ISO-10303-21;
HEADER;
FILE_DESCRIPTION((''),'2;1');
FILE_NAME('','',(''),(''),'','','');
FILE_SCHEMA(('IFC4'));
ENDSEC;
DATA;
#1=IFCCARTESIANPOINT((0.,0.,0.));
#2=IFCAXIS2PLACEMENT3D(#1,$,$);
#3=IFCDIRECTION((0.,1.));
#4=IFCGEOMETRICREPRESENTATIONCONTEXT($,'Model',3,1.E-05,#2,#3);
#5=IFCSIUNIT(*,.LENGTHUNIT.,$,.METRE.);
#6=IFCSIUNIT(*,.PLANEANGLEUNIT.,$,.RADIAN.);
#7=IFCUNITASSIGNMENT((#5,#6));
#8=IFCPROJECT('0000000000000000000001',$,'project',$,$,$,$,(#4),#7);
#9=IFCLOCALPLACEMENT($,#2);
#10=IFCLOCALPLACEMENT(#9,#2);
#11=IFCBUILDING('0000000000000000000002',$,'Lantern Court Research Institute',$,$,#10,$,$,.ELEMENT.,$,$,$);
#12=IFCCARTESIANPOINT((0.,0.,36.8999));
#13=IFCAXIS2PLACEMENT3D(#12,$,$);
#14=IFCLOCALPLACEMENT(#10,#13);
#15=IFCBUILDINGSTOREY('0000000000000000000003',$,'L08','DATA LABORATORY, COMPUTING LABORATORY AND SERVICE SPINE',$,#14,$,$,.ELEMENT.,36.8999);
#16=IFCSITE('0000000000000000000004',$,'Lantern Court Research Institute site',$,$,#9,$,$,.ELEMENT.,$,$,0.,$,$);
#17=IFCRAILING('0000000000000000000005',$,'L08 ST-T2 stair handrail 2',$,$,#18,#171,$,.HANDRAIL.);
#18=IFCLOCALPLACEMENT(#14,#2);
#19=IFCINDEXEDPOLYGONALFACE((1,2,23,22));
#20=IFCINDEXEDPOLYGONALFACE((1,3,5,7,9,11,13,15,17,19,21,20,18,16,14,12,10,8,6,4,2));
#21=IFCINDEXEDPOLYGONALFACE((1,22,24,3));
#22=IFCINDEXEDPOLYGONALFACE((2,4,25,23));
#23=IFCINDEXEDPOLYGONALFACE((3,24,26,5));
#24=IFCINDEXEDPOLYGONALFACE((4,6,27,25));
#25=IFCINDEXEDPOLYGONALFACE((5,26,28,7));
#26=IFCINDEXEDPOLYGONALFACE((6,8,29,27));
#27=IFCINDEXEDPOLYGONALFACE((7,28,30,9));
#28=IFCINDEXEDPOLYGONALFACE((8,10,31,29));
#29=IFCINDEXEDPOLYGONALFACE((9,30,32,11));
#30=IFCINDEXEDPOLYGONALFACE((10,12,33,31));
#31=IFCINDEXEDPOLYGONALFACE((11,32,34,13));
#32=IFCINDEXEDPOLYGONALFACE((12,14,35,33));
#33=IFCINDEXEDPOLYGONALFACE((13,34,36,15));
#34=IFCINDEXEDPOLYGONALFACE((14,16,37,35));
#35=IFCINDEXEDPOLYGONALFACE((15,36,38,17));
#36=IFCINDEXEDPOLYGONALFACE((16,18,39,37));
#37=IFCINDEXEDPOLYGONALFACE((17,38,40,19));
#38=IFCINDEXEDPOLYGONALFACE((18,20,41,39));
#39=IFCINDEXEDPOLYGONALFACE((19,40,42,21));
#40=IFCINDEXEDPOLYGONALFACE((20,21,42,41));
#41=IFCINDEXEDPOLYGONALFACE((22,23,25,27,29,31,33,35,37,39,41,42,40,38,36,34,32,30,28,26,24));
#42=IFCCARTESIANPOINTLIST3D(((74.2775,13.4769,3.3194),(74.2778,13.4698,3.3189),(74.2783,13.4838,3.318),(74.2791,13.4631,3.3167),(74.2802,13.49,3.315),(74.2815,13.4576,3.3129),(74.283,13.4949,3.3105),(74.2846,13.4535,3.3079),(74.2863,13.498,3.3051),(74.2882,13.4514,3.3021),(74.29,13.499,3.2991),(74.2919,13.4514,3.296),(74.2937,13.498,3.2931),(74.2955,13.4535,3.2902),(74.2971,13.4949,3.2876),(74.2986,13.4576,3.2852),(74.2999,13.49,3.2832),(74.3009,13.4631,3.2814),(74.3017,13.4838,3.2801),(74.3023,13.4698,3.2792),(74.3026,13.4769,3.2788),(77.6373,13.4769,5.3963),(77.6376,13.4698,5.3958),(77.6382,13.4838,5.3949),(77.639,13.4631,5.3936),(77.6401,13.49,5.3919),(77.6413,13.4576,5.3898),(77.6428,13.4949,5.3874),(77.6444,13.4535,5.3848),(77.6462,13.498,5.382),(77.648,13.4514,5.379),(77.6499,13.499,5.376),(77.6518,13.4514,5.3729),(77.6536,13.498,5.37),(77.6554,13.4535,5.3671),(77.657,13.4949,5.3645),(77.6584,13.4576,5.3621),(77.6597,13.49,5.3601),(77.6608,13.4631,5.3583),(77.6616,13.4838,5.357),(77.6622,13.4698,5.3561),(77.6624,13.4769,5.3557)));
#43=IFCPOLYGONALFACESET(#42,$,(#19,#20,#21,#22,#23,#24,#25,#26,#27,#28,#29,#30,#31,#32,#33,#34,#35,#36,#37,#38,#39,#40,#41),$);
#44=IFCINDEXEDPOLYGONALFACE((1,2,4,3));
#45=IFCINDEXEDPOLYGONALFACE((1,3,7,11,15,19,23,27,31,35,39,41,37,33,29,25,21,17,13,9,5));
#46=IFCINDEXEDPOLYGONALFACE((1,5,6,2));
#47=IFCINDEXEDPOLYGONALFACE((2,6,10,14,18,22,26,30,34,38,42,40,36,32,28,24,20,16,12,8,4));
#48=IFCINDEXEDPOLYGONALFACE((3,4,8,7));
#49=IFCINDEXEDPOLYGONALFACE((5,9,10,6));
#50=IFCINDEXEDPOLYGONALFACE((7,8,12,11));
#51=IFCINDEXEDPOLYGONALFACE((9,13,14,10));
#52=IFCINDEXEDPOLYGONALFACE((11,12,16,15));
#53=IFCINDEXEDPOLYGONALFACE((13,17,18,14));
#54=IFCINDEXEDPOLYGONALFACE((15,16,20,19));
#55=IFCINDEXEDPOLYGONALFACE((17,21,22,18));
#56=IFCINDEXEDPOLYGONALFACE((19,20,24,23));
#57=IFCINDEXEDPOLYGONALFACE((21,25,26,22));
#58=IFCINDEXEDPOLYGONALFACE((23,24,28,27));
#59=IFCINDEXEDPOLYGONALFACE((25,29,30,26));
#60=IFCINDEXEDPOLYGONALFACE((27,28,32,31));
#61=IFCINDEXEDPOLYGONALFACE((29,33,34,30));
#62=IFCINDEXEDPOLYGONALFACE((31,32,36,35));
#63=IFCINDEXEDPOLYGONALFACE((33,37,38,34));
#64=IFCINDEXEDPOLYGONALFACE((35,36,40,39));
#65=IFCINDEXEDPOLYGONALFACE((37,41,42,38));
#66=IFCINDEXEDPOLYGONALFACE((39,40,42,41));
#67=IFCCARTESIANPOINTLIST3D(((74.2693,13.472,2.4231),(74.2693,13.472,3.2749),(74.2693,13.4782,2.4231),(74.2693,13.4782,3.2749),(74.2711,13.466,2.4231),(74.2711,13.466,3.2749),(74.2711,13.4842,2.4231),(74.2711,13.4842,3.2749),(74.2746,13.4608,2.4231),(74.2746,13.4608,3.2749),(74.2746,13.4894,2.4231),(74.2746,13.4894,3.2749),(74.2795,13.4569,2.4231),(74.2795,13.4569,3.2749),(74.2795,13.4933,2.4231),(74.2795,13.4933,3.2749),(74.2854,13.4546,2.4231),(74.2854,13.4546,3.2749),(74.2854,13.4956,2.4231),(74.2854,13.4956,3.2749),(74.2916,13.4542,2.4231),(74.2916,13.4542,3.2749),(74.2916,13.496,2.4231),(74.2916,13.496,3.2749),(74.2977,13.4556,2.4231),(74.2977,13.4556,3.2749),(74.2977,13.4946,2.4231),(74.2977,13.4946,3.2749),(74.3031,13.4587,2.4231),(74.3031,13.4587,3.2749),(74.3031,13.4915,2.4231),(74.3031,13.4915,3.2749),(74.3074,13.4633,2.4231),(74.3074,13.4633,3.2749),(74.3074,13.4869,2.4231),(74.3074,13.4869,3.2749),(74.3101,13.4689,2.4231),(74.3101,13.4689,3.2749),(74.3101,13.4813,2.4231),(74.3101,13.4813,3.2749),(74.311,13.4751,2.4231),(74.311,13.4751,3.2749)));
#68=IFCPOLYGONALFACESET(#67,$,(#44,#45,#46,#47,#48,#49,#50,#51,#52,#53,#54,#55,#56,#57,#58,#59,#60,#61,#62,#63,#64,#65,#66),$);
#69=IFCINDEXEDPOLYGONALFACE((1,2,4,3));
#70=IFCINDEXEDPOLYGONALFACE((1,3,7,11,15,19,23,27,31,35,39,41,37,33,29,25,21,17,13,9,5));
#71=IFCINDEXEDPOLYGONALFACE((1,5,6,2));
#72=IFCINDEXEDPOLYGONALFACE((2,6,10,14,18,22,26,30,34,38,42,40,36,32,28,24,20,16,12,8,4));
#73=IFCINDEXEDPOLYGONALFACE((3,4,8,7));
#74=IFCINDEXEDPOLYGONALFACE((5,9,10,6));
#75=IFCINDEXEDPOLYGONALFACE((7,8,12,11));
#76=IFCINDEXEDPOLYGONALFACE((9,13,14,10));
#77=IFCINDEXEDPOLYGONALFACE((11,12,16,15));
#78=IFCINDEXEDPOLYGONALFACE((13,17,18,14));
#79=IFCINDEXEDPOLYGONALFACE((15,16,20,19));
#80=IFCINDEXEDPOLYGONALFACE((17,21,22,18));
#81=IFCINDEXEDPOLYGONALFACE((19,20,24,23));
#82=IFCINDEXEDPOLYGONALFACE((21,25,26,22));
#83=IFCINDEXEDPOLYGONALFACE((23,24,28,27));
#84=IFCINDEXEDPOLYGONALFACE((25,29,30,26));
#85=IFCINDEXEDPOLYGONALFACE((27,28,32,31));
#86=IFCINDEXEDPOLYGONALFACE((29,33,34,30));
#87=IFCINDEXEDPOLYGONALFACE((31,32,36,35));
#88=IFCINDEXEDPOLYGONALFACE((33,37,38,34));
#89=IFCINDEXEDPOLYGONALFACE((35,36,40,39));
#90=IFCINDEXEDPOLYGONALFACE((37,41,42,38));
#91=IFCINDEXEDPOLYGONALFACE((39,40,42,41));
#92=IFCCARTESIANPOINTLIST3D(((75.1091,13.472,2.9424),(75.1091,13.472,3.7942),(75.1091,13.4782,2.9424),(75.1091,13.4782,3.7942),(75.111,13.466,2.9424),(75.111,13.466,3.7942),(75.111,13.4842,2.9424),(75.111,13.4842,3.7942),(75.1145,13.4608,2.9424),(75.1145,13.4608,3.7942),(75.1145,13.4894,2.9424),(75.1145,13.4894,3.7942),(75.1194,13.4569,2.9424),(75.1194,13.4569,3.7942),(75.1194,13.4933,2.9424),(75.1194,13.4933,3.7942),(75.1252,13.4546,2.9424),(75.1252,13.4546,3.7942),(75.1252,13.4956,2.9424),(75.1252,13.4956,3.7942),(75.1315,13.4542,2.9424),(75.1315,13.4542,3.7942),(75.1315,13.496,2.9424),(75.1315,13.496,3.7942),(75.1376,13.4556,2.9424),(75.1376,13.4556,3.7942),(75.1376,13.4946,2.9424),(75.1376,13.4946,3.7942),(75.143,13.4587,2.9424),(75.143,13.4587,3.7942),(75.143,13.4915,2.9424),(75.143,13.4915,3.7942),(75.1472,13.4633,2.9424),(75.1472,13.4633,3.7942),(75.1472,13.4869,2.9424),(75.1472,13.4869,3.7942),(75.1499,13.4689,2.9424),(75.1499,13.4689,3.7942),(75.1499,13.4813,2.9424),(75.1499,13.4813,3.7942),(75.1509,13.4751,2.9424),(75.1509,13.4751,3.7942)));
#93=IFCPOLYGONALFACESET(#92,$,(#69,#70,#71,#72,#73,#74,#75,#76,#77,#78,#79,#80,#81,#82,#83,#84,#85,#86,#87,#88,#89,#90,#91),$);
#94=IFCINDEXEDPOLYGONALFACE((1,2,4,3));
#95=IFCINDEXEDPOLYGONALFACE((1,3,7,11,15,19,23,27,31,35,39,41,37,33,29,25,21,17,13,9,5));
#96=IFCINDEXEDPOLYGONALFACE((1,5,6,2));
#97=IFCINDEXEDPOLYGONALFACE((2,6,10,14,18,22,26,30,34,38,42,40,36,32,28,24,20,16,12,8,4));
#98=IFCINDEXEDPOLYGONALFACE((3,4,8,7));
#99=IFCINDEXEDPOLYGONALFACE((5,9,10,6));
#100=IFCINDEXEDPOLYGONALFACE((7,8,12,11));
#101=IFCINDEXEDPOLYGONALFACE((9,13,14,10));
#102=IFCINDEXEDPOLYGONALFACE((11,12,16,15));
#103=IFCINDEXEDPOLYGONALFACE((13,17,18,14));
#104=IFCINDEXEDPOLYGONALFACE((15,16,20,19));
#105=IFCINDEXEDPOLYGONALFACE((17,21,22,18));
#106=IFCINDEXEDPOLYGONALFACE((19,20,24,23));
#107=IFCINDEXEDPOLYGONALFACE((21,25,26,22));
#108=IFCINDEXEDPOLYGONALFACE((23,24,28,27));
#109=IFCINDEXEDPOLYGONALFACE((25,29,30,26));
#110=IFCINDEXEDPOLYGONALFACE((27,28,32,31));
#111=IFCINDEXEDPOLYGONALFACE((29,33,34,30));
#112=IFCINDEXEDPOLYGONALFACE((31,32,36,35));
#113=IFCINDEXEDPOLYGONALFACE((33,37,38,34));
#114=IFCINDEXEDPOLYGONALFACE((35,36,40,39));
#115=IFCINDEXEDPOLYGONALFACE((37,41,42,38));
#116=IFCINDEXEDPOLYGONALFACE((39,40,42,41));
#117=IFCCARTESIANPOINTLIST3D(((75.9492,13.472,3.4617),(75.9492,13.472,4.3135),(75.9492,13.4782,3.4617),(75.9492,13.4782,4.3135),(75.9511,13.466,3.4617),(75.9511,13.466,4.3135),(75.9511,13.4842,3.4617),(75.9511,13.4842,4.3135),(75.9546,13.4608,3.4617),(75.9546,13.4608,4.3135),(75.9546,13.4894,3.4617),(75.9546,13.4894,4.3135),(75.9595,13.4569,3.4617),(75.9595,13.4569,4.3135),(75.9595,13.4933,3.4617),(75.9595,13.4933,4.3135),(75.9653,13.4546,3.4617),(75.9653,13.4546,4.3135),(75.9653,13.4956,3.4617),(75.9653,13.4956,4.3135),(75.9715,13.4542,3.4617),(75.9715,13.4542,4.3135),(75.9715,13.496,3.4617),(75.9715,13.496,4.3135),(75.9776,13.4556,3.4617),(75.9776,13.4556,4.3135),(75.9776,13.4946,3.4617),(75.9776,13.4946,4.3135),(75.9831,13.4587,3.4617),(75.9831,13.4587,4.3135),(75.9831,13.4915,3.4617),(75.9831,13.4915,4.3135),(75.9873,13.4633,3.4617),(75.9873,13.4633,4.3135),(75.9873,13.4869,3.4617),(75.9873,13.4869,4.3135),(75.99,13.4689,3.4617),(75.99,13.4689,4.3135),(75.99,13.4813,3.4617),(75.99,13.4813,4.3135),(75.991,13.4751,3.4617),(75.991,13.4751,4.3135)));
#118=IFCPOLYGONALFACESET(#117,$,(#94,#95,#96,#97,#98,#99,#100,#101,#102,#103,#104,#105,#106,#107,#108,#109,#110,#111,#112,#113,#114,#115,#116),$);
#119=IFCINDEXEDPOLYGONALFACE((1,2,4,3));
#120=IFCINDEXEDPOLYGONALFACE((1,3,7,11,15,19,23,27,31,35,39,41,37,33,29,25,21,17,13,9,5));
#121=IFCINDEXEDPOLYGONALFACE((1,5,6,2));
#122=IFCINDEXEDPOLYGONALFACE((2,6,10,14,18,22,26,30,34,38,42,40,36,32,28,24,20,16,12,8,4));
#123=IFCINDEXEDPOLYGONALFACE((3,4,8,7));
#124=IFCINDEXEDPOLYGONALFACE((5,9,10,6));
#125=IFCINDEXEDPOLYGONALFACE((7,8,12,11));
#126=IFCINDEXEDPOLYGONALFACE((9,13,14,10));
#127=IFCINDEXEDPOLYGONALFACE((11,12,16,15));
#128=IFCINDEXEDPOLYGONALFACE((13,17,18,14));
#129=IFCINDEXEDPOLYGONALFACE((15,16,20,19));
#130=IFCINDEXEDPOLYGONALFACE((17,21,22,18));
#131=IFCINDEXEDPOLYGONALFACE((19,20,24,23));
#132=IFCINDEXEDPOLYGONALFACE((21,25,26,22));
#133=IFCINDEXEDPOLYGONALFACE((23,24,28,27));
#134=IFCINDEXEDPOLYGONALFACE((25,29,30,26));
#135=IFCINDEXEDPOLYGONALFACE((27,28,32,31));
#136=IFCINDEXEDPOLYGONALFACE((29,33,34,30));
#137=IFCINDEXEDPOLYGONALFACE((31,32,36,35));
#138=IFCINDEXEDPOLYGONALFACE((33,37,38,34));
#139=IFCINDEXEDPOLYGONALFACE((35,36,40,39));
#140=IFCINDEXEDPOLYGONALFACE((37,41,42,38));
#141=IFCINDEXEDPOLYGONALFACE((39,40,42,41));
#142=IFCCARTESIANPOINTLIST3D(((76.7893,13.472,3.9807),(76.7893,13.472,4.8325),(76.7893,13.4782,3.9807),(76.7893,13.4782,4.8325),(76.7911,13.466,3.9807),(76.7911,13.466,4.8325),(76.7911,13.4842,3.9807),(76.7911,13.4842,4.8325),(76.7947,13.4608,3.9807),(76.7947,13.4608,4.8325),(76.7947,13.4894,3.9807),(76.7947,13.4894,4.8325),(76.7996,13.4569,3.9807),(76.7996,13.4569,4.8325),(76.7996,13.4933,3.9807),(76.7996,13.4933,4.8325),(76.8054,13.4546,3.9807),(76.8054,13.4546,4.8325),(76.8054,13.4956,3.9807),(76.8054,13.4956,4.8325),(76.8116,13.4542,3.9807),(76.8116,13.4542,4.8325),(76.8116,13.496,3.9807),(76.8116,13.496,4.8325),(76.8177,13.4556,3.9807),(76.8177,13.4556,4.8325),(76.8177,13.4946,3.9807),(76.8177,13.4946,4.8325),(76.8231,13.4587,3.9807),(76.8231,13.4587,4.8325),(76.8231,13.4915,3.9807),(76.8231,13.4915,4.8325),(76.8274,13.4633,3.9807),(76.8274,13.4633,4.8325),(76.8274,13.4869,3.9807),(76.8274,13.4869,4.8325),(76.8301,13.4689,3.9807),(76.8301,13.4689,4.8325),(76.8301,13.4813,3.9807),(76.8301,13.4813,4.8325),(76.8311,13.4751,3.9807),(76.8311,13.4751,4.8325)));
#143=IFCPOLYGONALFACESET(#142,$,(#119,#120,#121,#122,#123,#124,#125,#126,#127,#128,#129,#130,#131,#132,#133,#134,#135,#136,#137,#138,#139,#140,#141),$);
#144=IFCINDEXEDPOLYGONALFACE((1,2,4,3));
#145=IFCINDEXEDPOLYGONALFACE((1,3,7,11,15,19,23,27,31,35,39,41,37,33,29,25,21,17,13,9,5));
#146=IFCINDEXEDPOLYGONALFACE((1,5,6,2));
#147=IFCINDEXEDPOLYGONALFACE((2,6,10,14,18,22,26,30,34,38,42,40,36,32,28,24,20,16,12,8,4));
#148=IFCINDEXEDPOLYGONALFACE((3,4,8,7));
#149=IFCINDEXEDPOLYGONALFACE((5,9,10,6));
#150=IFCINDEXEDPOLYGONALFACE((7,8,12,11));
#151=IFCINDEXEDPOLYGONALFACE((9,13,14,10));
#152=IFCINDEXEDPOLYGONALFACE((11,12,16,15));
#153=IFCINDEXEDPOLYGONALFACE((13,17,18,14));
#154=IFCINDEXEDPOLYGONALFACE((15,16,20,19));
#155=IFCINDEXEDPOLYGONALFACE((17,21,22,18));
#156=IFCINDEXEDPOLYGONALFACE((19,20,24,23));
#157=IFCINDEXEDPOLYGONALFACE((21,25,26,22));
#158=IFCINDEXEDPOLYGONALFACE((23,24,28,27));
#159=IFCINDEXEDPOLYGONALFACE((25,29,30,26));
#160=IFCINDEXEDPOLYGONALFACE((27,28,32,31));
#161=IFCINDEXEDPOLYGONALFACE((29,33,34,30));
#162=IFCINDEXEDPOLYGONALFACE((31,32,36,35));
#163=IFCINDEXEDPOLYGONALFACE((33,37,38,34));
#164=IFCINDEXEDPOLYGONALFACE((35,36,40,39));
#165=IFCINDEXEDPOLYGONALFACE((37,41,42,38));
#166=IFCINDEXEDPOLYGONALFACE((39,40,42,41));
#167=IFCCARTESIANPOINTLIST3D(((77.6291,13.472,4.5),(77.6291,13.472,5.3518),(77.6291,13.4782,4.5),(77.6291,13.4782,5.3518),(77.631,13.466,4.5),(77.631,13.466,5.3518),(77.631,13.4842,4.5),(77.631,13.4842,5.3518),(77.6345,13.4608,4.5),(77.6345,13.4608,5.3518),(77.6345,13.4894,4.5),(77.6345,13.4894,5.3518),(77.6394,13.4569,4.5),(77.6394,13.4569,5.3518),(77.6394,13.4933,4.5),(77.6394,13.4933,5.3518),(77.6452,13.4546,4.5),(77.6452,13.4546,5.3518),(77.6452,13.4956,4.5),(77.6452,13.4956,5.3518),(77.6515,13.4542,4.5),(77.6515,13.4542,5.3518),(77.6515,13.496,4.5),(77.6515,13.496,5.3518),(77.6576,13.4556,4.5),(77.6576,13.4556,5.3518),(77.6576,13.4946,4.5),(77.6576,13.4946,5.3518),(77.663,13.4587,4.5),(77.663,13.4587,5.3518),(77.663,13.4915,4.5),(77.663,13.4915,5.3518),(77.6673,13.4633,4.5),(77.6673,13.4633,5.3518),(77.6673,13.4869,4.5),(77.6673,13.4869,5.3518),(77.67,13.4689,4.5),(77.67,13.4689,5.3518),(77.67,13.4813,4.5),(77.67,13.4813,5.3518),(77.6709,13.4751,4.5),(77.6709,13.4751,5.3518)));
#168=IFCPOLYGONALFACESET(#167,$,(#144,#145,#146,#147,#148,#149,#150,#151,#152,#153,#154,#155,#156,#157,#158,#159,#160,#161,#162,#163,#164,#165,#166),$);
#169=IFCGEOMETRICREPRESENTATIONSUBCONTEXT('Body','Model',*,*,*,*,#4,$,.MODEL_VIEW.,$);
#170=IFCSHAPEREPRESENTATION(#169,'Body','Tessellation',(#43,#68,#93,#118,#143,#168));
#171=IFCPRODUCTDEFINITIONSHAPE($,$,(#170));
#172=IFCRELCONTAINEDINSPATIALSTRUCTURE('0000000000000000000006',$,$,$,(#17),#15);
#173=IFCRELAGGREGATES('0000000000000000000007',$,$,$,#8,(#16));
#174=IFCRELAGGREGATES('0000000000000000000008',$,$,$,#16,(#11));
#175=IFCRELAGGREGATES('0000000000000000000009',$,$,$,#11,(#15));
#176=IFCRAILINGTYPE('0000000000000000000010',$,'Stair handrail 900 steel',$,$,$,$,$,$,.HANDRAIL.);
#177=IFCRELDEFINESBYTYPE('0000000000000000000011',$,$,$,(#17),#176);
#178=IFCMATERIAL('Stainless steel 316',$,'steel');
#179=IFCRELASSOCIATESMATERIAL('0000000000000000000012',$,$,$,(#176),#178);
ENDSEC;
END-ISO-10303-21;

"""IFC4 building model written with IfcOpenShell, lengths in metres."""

from ifc_helpers import new_model, si_unit, direction, frame, origin, origin_2d, place, context, subcontext, project, spatial, circle, extrude, material, type_object, element, save


model = new_model("IFC4")

# Units and contexts
model_context = context("Model", 3, precision=1e-05, world=origin(), true_north=direction((0.0, 1.0)))
body_context = subcontext(model_context, "Body", "Model", "MODEL_VIEW")
ifc_project = project(units=[si_unit("LENGTHUNIT", "METRE"), si_unit("PLANEANGLEUNIT", "RADIAN")], contexts=[model_context])

# Site, building, storey
site_placement = place(None, origin())
site = spatial("IfcSite", under=ifc_project, at=site_placement, Name="Lantern Court Research Institute site", CompositionType="ELEMENT", RefElevation=0.0)
building_placement = place(site_placement, origin())
building = spatial("IfcBuilding", under=site, at=building_placement, Name="Lantern Court Research Institute", CompositionType="ELEMENT")
storey_placement = place(building_placement, frame((0.0, 0.0, 36.8999)))
storey = spatial("IfcBuildingStorey", under=building, at=storey_placement, Name="L08", Description="DATA LABORATORY, COMPUTING LABORATORY AND SERVICE SPINE", CompositionType="ELEMENT", Elevation=36.8999)

# Railing
ifc_material_1 = material(Name="Stainless steel 316", Category="steel")
railing_type_1 = type_object("IfcRailingType", Name="Stair handrail 900 steel", PredefinedType="HANDRAIL", material=ifc_material_1)
railing_1_placement = place(storey_placement, frame((74.29, 13.4751, 2.4231)))
element("IfcRailing", 1, at=railing_1_placement, inside=storey, type_object=railing_type_1, Name="L08 ST-T2 stair handrail 2", PredefinedType="HANDRAIL", context=body_context, shape_type="SweptSolid", body=[
    extrude(circle(Radius=0.0239, at=origin_2d()), frame((0.0, 0.0, 0.876), z_axis=(0.850606, 0.0, 0.525803), x_axis=(0.0, 1.0, 0.0)), (0.0, 0.0, 1.0), 3.95),
    extrude(circle(Radius=0.021, at=origin_2d()), origin(), (0.0, 0.0, 1.0), 0.8518),
    extrude(circle(Radius=0.021, at=origin_2d()), frame((0.8398, 0.0, 0.5193)), (0.0, 0.0, 1.0), 0.8518),
    extrude(circle(Radius=0.021, at=origin_2d()), frame((1.6799, 0.0, 1.0386)), (0.0, 0.0, 1.0), 0.8518),
    extrude(circle(Radius=0.021, at=origin_2d()), frame((2.52, 0.0, 1.5576)), (0.0, 0.0, 1.0), 0.8518),
    extrude(circle(Radius=0.021, at=origin_2d()), frame((3.3599, 0.0, 2.0769)), (0.0, 0.0, 1.0), 0.8518),
])

save(model, "model.ifc")
